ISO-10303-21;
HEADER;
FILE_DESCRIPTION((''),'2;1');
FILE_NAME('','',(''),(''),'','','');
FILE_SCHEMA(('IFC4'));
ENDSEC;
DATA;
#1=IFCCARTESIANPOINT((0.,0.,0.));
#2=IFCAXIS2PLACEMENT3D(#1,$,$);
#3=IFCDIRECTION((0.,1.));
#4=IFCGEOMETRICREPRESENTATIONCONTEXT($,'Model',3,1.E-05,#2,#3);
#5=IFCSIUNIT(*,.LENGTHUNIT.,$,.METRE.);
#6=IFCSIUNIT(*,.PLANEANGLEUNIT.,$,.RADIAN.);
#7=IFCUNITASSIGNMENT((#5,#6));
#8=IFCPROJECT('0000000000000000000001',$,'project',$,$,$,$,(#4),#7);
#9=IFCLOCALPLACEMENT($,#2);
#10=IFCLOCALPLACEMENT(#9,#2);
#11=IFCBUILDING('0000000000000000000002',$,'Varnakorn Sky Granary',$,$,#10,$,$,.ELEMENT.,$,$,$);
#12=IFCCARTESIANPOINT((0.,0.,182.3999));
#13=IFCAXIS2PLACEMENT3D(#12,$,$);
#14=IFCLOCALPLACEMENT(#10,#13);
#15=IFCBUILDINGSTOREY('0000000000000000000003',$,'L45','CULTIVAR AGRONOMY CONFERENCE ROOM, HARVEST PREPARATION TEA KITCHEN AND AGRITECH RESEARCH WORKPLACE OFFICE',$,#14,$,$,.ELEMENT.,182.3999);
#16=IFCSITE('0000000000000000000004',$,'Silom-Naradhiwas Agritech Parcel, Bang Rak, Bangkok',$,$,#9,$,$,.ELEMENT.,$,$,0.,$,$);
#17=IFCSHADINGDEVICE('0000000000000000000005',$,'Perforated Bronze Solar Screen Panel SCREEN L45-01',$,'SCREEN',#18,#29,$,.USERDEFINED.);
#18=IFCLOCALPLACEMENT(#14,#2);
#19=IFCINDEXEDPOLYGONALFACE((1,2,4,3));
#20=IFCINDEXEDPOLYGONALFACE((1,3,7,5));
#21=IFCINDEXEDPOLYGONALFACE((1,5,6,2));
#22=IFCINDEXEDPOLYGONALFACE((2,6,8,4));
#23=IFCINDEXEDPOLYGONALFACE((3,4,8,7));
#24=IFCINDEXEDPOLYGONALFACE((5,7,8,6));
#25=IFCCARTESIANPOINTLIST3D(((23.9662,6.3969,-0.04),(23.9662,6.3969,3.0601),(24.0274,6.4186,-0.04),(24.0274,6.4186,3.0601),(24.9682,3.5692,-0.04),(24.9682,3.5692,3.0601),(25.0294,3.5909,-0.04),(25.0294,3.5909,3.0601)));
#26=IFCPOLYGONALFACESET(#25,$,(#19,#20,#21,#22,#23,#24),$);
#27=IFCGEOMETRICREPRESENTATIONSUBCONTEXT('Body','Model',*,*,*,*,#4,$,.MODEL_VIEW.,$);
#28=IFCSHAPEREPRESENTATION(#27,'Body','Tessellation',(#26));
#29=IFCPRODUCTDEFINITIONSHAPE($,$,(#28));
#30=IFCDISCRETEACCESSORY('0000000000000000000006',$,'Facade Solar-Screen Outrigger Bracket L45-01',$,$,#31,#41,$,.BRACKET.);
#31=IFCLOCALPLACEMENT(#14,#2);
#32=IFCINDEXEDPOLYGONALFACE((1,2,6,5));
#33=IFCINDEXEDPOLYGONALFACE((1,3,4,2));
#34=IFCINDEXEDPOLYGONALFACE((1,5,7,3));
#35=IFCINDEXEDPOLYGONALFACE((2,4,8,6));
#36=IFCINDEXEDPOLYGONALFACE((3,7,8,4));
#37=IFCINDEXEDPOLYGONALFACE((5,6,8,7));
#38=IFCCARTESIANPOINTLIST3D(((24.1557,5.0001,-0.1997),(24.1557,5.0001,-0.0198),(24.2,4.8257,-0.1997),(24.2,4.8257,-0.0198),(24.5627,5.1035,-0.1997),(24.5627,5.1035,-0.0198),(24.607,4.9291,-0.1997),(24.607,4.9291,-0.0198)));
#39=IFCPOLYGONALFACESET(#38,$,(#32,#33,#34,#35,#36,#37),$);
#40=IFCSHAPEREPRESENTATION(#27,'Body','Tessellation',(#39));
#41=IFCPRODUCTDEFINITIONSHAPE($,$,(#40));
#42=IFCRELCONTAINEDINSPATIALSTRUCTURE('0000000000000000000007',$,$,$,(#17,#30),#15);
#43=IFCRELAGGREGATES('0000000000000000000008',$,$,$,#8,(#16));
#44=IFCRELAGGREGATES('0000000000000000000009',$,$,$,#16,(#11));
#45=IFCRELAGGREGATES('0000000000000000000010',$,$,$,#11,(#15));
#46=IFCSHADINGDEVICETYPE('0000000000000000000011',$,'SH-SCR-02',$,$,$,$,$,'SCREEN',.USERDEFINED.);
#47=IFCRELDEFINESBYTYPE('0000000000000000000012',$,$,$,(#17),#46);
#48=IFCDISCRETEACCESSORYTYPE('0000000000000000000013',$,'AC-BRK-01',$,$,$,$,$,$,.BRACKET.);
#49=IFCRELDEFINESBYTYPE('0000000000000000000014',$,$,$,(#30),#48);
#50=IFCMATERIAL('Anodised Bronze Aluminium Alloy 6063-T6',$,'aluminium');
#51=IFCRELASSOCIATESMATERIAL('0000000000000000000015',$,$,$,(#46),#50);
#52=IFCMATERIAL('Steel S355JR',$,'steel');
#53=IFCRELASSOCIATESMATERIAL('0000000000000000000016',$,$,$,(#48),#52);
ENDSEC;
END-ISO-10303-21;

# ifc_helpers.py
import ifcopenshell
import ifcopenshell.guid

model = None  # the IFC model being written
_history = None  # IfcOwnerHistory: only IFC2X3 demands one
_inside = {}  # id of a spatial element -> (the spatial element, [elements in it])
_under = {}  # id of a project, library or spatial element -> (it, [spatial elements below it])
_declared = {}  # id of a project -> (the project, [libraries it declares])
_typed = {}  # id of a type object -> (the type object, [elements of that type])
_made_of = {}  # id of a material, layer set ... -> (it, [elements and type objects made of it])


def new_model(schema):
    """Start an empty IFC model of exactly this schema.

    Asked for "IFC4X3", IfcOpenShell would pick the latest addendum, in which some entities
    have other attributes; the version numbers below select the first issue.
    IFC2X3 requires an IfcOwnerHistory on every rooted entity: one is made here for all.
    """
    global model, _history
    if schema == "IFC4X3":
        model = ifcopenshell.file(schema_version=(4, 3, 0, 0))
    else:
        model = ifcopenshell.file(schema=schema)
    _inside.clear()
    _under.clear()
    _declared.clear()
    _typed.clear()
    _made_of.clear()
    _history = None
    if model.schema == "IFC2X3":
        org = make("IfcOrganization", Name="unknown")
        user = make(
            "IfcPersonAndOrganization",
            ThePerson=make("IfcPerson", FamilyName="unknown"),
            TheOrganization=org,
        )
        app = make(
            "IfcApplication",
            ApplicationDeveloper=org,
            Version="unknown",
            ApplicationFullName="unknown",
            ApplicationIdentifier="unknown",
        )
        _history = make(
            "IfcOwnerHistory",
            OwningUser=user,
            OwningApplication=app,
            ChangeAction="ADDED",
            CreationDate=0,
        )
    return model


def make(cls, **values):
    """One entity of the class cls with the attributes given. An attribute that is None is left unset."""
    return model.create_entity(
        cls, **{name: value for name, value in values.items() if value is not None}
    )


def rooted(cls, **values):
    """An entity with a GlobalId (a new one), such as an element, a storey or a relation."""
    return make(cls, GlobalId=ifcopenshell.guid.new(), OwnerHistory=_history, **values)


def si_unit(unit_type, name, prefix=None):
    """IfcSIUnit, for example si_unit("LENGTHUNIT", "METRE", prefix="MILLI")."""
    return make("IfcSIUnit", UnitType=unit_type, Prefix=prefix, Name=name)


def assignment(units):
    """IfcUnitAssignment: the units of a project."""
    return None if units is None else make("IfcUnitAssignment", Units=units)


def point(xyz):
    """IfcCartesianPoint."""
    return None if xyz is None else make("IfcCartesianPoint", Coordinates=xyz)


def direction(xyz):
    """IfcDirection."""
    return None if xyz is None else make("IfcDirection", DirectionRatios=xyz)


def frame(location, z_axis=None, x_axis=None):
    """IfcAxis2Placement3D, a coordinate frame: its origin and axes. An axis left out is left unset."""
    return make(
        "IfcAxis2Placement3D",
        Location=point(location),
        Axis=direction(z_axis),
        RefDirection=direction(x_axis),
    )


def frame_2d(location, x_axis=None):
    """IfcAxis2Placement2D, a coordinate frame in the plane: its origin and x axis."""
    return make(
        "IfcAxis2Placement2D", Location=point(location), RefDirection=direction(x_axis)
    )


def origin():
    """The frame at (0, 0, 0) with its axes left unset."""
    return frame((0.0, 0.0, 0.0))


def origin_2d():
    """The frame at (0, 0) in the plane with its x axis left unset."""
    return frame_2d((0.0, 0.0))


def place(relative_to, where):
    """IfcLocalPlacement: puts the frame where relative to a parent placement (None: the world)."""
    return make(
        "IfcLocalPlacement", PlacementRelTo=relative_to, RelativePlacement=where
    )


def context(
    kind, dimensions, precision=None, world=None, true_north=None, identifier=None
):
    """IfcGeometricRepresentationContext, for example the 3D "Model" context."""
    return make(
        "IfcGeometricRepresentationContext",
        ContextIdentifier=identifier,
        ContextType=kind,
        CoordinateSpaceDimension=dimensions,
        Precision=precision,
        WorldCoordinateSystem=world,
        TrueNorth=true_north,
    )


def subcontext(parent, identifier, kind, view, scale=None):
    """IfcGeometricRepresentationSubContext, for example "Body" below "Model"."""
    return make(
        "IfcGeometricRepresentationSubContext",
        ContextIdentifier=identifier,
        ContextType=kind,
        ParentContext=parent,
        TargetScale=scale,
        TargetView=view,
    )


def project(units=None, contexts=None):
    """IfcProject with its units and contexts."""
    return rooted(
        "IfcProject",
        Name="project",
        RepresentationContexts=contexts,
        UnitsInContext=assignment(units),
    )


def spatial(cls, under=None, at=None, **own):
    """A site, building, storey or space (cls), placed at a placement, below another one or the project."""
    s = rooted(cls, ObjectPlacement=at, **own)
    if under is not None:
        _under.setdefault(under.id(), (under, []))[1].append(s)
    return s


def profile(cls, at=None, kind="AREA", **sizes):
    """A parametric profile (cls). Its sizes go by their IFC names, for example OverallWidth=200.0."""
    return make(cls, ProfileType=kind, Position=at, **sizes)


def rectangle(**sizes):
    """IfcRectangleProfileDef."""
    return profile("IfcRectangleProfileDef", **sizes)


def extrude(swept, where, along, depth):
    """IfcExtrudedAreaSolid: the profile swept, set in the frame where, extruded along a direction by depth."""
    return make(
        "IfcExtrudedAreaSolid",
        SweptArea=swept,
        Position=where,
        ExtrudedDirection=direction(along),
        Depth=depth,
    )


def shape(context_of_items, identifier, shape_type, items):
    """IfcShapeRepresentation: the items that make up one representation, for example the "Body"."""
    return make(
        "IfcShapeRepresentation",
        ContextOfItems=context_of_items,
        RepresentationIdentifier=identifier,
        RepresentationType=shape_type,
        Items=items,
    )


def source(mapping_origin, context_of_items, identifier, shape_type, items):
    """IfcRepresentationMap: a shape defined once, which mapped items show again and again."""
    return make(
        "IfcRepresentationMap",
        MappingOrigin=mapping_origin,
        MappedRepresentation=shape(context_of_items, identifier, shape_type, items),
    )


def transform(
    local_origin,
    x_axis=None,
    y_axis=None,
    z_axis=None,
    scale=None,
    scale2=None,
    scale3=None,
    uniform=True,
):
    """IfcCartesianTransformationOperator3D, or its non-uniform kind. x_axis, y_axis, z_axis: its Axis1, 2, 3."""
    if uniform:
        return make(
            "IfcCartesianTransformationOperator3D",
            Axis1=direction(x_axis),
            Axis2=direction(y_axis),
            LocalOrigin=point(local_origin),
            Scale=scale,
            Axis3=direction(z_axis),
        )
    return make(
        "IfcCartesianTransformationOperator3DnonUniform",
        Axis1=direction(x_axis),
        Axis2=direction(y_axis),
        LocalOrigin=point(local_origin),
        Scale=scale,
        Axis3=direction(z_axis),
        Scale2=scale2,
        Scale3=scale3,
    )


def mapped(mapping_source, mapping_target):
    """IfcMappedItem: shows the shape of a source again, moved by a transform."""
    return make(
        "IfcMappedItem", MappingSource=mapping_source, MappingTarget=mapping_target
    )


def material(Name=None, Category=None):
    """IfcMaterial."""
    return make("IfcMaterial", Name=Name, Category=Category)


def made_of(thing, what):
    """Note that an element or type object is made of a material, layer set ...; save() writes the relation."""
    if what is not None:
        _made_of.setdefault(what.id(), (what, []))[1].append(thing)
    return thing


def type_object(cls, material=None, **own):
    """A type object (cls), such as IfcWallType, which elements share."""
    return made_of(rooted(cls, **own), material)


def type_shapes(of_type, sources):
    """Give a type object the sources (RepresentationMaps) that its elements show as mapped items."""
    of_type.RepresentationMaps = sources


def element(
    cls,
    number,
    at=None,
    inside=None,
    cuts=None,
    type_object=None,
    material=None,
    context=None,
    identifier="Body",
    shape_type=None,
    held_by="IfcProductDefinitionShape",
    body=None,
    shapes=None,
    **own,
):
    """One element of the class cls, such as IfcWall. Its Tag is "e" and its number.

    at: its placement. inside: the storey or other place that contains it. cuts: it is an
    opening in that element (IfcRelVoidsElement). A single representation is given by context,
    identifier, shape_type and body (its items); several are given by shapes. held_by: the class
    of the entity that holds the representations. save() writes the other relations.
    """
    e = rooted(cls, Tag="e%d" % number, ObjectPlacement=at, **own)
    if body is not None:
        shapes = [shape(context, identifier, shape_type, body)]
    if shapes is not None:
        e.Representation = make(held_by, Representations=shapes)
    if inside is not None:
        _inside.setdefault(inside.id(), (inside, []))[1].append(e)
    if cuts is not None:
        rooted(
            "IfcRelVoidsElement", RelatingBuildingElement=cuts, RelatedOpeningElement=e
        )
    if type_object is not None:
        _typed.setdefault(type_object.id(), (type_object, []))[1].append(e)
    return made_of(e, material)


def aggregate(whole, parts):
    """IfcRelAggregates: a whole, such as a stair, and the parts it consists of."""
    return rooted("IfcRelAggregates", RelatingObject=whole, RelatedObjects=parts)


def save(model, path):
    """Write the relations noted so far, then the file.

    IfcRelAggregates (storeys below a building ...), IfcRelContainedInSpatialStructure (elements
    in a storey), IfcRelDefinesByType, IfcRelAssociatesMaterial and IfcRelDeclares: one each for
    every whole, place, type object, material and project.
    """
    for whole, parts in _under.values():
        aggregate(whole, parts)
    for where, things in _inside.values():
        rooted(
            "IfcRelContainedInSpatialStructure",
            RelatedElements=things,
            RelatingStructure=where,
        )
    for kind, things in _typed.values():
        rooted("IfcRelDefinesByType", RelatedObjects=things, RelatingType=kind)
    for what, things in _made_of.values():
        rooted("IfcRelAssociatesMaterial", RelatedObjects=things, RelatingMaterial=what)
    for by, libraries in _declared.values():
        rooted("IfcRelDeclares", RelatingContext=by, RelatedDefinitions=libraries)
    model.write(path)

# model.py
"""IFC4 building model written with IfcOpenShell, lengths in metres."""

from ifc_helpers import new_model, si_unit, direction, frame, origin, origin_2d, place, context, subcontext, project, spatial, rectangle, extrude, source, transform, mapped, material, type_object, type_shapes, element, save


model = new_model("IFC4")

# Units and contexts
model_context = context("Model", 3, precision=1e-05, world=origin(), true_north=direction((0.0, 1.0)))
body_context = subcontext(model_context, "Body", "Model", "MODEL_VIEW")
ifc_project = project(units=[si_unit("LENGTHUNIT", "METRE"), si_unit("PLANEANGLEUNIT", "RADIAN")], contexts=[model_context])

# Site, building, storey
site_placement = place(None, origin())
site = spatial("IfcSite", under=ifc_project, at=site_placement, Name="Silom-Naradhiwas Agritech Parcel, Bang Rak, Bangkok", CompositionType="ELEMENT", RefElevation=0.0)
building_placement = place(site_placement, origin())
building = spatial("IfcBuilding", under=site, at=building_placement, Name="Varnakorn Sky Granary", CompositionType="ELEMENT")
storey_placement = place(building_placement, frame((0.0, 0.0, 182.3999)))
storey = spatial("IfcBuildingStorey", under=building, at=storey_placement, Name="L45", Description="CULTIVAR AGRONOMY CONFERENCE ROOM, HARVEST PREPARATION TEA KITCHEN AND AGRITECH RESEARCH WORKPLACE OFFICE", CompositionType="ELEMENT", Elevation=182.3999)

# Shared definitions
ifc_material_1 = material(Name="Steel S355JR", Category="steel")

# Shared definitions
ifc_material_2 = material(Name="Anodised Bronze Aluminium Alloy 6063-T6", Category="aluminium")

# Shading device
shading_device_type = type_object("IfcShadingDeviceType", Name="SH-SCR-02", ElementType="SCREEN", PredefinedType="USERDEFINED", material=ifc_material_2)
shared_shape_1 = source(origin(), body_context, "Body", "SweptSolid", [
    extrude(rectangle(XDim=3.0, YDim=0.0649, at=origin_2d()), origin(), (0.0, 0.0, 1.0), 3.1001),
])
type_shapes(shading_device_type, [shared_shape_1])
shading_device_placement = place(storey_placement, frame((24.4978, 4.9939, -0.04), z_axis=(0.0, 0.0, 1.0), x_axis=(-0.333994, 0.942575, 0.0)))
element("IfcShadingDevice", 1, at=shading_device_placement, inside=storey, type_object=shading_device_type, Name="Perforated Bronze Solar Screen Panel SCREEN L45-01", ObjectType="SCREEN", PredefinedType="USERDEFINED", context=body_context, shape_type="MappedRepresentation", body=[
    mapped(shared_shape_1, transform((0.0, 0.0, 0.0), x_axis=(1.0, 0.0, 0.0), y_axis=(0.0, 1.0, 0.0), z_axis=(0.0, 0.0, 1.0), scale=1.0)),
])

# Discrete accessory
discrete_accessory_type = type_object("IfcDiscreteAccessoryType", Name="AC-BRK-01", PredefinedType="BRACKET", material=ifc_material_1)
shared_shape_2 = source(origin(), body_context, "Body", "SweptSolid", [
    extrude(rectangle(XDim=0.1799, YDim=0.4199, at=origin_2d()), origin(), (0.0, 0.0, 1.0), 0.1799),
])
type_shapes(discrete_accessory_type, [shared_shape_2])
discrete_accessory_placement = place(storey_placement, frame((24.3813, 4.9646, -0.1997), z_axis=(0.0, 0.0, 1.0), x_axis=(-0.246345, 0.969182, 0.0)))
element("IfcDiscreteAccessory", 2, at=discrete_accessory_placement, inside=storey, type_object=discrete_accessory_type, Name="Facade Solar-Screen Outrigger Bracket L45-01", PredefinedType="BRACKET", context=body_context, shape_type="MappedRepresentation", body=[
    mapped(shared_shape_2, transform((0.0, 0.0, 0.0), x_axis=(1.0, 0.0, 0.0), y_axis=(0.0, 1.0, 0.0), z_axis=(0.0, 0.0, 1.0), scale=1.0)),
])

save(model, "model.ifc")
